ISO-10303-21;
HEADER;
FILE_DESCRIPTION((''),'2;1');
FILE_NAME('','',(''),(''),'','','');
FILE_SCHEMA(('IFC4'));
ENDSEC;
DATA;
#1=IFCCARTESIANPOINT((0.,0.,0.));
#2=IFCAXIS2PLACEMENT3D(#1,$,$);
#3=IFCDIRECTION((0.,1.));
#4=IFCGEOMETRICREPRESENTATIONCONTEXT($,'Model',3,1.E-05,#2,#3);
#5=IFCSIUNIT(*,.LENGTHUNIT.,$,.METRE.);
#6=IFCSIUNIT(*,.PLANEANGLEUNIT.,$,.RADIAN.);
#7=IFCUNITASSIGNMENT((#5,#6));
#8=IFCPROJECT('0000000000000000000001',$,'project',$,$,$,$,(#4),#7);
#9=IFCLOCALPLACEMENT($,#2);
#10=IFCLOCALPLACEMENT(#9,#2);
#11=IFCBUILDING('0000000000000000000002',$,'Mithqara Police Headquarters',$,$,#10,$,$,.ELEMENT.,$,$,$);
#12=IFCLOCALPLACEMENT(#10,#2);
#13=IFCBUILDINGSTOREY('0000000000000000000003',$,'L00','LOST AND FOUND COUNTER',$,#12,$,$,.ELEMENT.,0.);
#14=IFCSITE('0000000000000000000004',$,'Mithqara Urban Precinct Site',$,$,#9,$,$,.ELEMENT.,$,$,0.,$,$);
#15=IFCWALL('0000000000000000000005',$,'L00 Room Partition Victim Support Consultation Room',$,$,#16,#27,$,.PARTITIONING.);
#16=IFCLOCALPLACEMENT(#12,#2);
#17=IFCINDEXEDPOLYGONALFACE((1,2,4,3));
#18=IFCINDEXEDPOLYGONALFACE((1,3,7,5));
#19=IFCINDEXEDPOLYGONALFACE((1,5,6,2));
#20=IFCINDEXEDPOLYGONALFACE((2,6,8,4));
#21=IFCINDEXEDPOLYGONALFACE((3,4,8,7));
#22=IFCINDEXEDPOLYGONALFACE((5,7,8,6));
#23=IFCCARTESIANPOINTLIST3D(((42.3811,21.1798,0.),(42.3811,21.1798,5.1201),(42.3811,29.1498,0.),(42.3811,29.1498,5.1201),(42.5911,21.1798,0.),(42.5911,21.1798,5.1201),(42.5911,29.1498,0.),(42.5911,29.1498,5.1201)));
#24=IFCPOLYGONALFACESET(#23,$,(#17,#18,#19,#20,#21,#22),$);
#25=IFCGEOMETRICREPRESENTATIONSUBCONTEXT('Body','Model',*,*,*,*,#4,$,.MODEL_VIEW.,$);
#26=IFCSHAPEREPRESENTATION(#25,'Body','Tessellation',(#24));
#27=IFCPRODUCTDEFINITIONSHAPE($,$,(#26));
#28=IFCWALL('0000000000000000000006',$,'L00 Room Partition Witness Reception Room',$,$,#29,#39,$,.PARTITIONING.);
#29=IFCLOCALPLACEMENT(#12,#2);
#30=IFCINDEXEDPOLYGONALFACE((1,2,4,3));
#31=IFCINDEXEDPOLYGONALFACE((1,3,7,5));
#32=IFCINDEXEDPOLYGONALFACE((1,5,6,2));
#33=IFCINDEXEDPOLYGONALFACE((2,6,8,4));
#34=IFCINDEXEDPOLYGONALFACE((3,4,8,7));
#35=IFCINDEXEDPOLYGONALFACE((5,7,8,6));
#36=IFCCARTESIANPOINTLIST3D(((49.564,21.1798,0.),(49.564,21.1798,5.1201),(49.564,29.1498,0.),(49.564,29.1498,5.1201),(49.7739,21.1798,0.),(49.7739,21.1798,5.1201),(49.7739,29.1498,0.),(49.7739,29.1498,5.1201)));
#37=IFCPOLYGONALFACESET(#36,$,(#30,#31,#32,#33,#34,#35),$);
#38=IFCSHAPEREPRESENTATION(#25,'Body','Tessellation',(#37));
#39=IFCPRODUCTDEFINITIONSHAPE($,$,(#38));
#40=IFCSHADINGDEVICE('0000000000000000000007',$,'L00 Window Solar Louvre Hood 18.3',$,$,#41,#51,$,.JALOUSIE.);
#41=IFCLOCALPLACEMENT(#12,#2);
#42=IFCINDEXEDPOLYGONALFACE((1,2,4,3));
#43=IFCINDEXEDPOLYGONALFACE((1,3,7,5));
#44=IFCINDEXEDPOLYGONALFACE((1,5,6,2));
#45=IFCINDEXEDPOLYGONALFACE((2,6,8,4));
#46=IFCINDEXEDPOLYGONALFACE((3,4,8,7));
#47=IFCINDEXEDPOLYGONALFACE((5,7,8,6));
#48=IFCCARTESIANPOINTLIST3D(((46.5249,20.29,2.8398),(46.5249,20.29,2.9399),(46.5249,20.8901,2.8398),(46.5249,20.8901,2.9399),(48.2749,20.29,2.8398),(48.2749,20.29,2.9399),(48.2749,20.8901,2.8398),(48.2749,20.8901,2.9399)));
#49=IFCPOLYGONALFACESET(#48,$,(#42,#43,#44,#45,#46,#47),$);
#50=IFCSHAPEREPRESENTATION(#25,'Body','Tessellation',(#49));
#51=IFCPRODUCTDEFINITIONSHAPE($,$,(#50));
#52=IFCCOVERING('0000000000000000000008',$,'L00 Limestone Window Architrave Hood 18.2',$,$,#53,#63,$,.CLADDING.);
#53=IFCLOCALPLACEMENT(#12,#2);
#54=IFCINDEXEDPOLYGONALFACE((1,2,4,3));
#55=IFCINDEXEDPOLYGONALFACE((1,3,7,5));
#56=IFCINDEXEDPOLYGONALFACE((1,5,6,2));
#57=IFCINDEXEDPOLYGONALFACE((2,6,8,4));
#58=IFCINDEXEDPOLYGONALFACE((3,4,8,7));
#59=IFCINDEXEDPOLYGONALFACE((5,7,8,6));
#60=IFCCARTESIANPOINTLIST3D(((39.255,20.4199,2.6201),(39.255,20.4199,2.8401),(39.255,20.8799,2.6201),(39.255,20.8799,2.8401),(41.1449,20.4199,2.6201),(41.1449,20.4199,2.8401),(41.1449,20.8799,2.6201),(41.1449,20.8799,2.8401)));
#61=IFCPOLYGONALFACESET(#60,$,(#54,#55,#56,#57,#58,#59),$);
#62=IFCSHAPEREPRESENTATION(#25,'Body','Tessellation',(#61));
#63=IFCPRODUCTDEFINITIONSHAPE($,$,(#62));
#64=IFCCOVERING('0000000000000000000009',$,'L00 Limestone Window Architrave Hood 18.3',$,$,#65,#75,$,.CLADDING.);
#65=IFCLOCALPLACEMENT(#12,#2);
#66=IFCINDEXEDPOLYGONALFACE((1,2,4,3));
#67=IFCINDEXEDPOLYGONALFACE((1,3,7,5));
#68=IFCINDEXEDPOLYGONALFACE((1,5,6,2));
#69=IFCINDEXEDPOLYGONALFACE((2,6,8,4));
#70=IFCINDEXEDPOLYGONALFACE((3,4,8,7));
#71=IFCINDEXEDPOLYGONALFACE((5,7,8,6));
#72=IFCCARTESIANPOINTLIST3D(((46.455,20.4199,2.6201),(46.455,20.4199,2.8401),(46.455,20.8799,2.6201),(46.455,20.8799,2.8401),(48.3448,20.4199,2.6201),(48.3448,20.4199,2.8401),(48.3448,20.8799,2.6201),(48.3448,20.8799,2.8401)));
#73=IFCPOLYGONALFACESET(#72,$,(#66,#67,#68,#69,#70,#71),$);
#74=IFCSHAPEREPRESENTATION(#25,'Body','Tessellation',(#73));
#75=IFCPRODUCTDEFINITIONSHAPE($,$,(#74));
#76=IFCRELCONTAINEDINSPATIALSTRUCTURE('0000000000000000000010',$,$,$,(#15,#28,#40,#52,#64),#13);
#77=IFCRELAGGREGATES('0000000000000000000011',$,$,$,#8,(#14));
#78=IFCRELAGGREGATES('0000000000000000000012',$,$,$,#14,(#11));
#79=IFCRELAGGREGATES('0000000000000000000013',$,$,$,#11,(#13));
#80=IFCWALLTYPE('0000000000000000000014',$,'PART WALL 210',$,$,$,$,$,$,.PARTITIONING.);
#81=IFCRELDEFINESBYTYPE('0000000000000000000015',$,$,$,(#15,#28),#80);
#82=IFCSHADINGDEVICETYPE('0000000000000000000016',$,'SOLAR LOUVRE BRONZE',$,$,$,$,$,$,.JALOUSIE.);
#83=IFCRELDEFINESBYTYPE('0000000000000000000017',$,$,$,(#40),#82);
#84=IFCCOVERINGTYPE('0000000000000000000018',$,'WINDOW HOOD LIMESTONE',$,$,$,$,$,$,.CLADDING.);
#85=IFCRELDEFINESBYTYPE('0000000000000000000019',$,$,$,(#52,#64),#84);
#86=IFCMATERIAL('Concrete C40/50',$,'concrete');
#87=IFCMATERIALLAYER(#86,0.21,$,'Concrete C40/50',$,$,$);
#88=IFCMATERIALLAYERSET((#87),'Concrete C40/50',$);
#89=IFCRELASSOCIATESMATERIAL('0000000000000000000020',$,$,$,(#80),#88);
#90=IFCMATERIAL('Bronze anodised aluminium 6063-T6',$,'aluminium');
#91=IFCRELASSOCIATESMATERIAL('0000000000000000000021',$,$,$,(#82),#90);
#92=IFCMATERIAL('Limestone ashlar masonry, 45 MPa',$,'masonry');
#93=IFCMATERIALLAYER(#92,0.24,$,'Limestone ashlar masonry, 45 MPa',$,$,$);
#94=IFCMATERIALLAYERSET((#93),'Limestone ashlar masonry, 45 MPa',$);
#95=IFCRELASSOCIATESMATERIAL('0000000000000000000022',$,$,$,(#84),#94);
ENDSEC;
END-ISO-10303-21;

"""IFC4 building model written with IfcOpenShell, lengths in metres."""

from ifc_helpers import new_model, si_unit, direction, frame, frame_2d, origin, origin_2d, place, context, subcontext, project, spatial, rectangle, extrude, material, layer, layer_set, type_object, element, save


model = new_model("IFC4")

# Units and contexts
model_context = context("Model", 3, precision=1e-05, world=origin(), true_north=direction((0.0, 1.0)))
body_context = subcontext(model_context, "Body", "Model", "MODEL_VIEW")
ifc_project = project(units=[si_unit("LENGTHUNIT", "METRE"), si_unit("PLANEANGLEUNIT", "RADIAN")], contexts=[model_context])

# Site, building, storey
site_placement = place(None, origin())
site = spatial("IfcSite", under=ifc_project, at=site_placement, Name="Mithqara Urban Precinct Site", CompositionType="ELEMENT", RefElevation=0.0)
building_placement = place(site_placement, origin())
building = spatial("IfcBuilding", under=site, at=building_placement, Name="Mithqara Police Headquarters", CompositionType="ELEMENT")
storey_placement = place(building_placement, origin())
storey = spatial("IfcBuildingStorey", under=building, at=storey_placement, Name="L00", Description="LOST AND FOUND COUNTER", CompositionType="ELEMENT", Elevation=0.0)

# Shared definitions
ifc_material_1 = material(Name="Concrete C40/50", Category="concrete")

# Walls
ifc_layer_1 = layer(ifc_material_1, 0.21, Name="Concrete C40/50")
ifc_layer_set_1 = layer_set([ifc_layer_1], Name="Concrete C40/50")
wall_type = type_object("IfcWallType", Name="PART WALL 210", PredefinedType="PARTITIONING", material=ifc_layer_set_1)
for number, where, z_axis, x_axis, name in (
    (1, (42.4861, 21.1799, 0.0), (0.0, 0.0, 1.0), (0.0, 1.0, 0.0), "L00 Room Partition Victim Support Consultation Room"),
    (2, (49.6689, 21.1799, 0.0), (0.0, 0.0, 1.0), (0.0, 1.0, 0.0), "L00 Room Partition Witness Reception Room"),
):
    element("IfcWall", number, at=place(storey_placement, frame(where, z_axis=z_axis, x_axis=x_axis)), inside=storey, type_object=wall_type, Name=name, PredefinedType="PARTITIONING", context=body_context, shape_type="SweptSolid", body=[
        extrude(rectangle(XDim=7.97, YDim=0.21, at=frame_2d((3.9849, 0.0))), origin(), (0.0, 0.0, 1.0), 5.1201),
    ])

# Shading device
ifc_material_2 = material(Name="Bronze anodised aluminium 6063-T6", Category="aluminium")
shading_device_type = type_object("IfcShadingDeviceType", Name="SOLAR LOUVRE BRONZE", PredefinedType="JALOUSIE", material=ifc_material_2)
shading_device_placement = place(storey_placement, frame((47.3999, 20.5901, 2.8398), z_axis=(0.0, 0.0, 1.0), x_axis=(1.0, 0.0, 0.0)))
element("IfcShadingDevice", 3, at=shading_device_placement, inside=storey, type_object=shading_device_type, Name="L00 Window Solar Louvre Hood 18.3", PredefinedType="JALOUSIE", context=body_context, shape_type="SweptSolid", body=[
    extrude(rectangle(XDim=1.75, YDim=0.6001, at=origin_2d()), origin(), (0.0, 0.0, 1.0), 0.1001),
])

# Coverings
ifc_material_3 = material(Name="Limestone ashlar masonry, 45 MPa", Category="masonry")
ifc_layer_2 = layer(ifc_material_3, 0.24, Name="Limestone ashlar masonry, 45 MPa")
ifc_layer_set_2 = layer_set([ifc_layer_2], Name="Limestone ashlar masonry, 45 MPa")
covering_type = type_object("IfcCoveringType", Name="WINDOW HOOD LIMESTONE", PredefinedType="CLADDING", material=ifc_layer_set_2)
for number, where, z_axis, x_axis, name in (
    (4, (40.2, 20.6499, 2.6201), (0.0, 0.0, 1.0), (1.0, 0.0, 0.0), "L00 Limestone Window Architrave Hood 18.2"),
    (5, (47.3999, 20.6499, 2.6201), (0.0, 0.0, 1.0), (1.0, 0.0, 0.0), "L00 Limestone Window Architrave Hood 18.3"),
):
    element("IfcCovering", number, at=place(storey_placement, frame(where, z_axis=z_axis, x_axis=x_axis)), inside=storey, type_object=covering_type, Name=name, PredefinedType="CLADDING", context=body_context, shape_type="SweptSolid", body=[
        extrude(rectangle(XDim=1.8899, YDim=0.46, at=origin_2d()), origin(), (0.0, 0.0, 1.0), 0.22),
    ])

save(model, "model.ifc")
